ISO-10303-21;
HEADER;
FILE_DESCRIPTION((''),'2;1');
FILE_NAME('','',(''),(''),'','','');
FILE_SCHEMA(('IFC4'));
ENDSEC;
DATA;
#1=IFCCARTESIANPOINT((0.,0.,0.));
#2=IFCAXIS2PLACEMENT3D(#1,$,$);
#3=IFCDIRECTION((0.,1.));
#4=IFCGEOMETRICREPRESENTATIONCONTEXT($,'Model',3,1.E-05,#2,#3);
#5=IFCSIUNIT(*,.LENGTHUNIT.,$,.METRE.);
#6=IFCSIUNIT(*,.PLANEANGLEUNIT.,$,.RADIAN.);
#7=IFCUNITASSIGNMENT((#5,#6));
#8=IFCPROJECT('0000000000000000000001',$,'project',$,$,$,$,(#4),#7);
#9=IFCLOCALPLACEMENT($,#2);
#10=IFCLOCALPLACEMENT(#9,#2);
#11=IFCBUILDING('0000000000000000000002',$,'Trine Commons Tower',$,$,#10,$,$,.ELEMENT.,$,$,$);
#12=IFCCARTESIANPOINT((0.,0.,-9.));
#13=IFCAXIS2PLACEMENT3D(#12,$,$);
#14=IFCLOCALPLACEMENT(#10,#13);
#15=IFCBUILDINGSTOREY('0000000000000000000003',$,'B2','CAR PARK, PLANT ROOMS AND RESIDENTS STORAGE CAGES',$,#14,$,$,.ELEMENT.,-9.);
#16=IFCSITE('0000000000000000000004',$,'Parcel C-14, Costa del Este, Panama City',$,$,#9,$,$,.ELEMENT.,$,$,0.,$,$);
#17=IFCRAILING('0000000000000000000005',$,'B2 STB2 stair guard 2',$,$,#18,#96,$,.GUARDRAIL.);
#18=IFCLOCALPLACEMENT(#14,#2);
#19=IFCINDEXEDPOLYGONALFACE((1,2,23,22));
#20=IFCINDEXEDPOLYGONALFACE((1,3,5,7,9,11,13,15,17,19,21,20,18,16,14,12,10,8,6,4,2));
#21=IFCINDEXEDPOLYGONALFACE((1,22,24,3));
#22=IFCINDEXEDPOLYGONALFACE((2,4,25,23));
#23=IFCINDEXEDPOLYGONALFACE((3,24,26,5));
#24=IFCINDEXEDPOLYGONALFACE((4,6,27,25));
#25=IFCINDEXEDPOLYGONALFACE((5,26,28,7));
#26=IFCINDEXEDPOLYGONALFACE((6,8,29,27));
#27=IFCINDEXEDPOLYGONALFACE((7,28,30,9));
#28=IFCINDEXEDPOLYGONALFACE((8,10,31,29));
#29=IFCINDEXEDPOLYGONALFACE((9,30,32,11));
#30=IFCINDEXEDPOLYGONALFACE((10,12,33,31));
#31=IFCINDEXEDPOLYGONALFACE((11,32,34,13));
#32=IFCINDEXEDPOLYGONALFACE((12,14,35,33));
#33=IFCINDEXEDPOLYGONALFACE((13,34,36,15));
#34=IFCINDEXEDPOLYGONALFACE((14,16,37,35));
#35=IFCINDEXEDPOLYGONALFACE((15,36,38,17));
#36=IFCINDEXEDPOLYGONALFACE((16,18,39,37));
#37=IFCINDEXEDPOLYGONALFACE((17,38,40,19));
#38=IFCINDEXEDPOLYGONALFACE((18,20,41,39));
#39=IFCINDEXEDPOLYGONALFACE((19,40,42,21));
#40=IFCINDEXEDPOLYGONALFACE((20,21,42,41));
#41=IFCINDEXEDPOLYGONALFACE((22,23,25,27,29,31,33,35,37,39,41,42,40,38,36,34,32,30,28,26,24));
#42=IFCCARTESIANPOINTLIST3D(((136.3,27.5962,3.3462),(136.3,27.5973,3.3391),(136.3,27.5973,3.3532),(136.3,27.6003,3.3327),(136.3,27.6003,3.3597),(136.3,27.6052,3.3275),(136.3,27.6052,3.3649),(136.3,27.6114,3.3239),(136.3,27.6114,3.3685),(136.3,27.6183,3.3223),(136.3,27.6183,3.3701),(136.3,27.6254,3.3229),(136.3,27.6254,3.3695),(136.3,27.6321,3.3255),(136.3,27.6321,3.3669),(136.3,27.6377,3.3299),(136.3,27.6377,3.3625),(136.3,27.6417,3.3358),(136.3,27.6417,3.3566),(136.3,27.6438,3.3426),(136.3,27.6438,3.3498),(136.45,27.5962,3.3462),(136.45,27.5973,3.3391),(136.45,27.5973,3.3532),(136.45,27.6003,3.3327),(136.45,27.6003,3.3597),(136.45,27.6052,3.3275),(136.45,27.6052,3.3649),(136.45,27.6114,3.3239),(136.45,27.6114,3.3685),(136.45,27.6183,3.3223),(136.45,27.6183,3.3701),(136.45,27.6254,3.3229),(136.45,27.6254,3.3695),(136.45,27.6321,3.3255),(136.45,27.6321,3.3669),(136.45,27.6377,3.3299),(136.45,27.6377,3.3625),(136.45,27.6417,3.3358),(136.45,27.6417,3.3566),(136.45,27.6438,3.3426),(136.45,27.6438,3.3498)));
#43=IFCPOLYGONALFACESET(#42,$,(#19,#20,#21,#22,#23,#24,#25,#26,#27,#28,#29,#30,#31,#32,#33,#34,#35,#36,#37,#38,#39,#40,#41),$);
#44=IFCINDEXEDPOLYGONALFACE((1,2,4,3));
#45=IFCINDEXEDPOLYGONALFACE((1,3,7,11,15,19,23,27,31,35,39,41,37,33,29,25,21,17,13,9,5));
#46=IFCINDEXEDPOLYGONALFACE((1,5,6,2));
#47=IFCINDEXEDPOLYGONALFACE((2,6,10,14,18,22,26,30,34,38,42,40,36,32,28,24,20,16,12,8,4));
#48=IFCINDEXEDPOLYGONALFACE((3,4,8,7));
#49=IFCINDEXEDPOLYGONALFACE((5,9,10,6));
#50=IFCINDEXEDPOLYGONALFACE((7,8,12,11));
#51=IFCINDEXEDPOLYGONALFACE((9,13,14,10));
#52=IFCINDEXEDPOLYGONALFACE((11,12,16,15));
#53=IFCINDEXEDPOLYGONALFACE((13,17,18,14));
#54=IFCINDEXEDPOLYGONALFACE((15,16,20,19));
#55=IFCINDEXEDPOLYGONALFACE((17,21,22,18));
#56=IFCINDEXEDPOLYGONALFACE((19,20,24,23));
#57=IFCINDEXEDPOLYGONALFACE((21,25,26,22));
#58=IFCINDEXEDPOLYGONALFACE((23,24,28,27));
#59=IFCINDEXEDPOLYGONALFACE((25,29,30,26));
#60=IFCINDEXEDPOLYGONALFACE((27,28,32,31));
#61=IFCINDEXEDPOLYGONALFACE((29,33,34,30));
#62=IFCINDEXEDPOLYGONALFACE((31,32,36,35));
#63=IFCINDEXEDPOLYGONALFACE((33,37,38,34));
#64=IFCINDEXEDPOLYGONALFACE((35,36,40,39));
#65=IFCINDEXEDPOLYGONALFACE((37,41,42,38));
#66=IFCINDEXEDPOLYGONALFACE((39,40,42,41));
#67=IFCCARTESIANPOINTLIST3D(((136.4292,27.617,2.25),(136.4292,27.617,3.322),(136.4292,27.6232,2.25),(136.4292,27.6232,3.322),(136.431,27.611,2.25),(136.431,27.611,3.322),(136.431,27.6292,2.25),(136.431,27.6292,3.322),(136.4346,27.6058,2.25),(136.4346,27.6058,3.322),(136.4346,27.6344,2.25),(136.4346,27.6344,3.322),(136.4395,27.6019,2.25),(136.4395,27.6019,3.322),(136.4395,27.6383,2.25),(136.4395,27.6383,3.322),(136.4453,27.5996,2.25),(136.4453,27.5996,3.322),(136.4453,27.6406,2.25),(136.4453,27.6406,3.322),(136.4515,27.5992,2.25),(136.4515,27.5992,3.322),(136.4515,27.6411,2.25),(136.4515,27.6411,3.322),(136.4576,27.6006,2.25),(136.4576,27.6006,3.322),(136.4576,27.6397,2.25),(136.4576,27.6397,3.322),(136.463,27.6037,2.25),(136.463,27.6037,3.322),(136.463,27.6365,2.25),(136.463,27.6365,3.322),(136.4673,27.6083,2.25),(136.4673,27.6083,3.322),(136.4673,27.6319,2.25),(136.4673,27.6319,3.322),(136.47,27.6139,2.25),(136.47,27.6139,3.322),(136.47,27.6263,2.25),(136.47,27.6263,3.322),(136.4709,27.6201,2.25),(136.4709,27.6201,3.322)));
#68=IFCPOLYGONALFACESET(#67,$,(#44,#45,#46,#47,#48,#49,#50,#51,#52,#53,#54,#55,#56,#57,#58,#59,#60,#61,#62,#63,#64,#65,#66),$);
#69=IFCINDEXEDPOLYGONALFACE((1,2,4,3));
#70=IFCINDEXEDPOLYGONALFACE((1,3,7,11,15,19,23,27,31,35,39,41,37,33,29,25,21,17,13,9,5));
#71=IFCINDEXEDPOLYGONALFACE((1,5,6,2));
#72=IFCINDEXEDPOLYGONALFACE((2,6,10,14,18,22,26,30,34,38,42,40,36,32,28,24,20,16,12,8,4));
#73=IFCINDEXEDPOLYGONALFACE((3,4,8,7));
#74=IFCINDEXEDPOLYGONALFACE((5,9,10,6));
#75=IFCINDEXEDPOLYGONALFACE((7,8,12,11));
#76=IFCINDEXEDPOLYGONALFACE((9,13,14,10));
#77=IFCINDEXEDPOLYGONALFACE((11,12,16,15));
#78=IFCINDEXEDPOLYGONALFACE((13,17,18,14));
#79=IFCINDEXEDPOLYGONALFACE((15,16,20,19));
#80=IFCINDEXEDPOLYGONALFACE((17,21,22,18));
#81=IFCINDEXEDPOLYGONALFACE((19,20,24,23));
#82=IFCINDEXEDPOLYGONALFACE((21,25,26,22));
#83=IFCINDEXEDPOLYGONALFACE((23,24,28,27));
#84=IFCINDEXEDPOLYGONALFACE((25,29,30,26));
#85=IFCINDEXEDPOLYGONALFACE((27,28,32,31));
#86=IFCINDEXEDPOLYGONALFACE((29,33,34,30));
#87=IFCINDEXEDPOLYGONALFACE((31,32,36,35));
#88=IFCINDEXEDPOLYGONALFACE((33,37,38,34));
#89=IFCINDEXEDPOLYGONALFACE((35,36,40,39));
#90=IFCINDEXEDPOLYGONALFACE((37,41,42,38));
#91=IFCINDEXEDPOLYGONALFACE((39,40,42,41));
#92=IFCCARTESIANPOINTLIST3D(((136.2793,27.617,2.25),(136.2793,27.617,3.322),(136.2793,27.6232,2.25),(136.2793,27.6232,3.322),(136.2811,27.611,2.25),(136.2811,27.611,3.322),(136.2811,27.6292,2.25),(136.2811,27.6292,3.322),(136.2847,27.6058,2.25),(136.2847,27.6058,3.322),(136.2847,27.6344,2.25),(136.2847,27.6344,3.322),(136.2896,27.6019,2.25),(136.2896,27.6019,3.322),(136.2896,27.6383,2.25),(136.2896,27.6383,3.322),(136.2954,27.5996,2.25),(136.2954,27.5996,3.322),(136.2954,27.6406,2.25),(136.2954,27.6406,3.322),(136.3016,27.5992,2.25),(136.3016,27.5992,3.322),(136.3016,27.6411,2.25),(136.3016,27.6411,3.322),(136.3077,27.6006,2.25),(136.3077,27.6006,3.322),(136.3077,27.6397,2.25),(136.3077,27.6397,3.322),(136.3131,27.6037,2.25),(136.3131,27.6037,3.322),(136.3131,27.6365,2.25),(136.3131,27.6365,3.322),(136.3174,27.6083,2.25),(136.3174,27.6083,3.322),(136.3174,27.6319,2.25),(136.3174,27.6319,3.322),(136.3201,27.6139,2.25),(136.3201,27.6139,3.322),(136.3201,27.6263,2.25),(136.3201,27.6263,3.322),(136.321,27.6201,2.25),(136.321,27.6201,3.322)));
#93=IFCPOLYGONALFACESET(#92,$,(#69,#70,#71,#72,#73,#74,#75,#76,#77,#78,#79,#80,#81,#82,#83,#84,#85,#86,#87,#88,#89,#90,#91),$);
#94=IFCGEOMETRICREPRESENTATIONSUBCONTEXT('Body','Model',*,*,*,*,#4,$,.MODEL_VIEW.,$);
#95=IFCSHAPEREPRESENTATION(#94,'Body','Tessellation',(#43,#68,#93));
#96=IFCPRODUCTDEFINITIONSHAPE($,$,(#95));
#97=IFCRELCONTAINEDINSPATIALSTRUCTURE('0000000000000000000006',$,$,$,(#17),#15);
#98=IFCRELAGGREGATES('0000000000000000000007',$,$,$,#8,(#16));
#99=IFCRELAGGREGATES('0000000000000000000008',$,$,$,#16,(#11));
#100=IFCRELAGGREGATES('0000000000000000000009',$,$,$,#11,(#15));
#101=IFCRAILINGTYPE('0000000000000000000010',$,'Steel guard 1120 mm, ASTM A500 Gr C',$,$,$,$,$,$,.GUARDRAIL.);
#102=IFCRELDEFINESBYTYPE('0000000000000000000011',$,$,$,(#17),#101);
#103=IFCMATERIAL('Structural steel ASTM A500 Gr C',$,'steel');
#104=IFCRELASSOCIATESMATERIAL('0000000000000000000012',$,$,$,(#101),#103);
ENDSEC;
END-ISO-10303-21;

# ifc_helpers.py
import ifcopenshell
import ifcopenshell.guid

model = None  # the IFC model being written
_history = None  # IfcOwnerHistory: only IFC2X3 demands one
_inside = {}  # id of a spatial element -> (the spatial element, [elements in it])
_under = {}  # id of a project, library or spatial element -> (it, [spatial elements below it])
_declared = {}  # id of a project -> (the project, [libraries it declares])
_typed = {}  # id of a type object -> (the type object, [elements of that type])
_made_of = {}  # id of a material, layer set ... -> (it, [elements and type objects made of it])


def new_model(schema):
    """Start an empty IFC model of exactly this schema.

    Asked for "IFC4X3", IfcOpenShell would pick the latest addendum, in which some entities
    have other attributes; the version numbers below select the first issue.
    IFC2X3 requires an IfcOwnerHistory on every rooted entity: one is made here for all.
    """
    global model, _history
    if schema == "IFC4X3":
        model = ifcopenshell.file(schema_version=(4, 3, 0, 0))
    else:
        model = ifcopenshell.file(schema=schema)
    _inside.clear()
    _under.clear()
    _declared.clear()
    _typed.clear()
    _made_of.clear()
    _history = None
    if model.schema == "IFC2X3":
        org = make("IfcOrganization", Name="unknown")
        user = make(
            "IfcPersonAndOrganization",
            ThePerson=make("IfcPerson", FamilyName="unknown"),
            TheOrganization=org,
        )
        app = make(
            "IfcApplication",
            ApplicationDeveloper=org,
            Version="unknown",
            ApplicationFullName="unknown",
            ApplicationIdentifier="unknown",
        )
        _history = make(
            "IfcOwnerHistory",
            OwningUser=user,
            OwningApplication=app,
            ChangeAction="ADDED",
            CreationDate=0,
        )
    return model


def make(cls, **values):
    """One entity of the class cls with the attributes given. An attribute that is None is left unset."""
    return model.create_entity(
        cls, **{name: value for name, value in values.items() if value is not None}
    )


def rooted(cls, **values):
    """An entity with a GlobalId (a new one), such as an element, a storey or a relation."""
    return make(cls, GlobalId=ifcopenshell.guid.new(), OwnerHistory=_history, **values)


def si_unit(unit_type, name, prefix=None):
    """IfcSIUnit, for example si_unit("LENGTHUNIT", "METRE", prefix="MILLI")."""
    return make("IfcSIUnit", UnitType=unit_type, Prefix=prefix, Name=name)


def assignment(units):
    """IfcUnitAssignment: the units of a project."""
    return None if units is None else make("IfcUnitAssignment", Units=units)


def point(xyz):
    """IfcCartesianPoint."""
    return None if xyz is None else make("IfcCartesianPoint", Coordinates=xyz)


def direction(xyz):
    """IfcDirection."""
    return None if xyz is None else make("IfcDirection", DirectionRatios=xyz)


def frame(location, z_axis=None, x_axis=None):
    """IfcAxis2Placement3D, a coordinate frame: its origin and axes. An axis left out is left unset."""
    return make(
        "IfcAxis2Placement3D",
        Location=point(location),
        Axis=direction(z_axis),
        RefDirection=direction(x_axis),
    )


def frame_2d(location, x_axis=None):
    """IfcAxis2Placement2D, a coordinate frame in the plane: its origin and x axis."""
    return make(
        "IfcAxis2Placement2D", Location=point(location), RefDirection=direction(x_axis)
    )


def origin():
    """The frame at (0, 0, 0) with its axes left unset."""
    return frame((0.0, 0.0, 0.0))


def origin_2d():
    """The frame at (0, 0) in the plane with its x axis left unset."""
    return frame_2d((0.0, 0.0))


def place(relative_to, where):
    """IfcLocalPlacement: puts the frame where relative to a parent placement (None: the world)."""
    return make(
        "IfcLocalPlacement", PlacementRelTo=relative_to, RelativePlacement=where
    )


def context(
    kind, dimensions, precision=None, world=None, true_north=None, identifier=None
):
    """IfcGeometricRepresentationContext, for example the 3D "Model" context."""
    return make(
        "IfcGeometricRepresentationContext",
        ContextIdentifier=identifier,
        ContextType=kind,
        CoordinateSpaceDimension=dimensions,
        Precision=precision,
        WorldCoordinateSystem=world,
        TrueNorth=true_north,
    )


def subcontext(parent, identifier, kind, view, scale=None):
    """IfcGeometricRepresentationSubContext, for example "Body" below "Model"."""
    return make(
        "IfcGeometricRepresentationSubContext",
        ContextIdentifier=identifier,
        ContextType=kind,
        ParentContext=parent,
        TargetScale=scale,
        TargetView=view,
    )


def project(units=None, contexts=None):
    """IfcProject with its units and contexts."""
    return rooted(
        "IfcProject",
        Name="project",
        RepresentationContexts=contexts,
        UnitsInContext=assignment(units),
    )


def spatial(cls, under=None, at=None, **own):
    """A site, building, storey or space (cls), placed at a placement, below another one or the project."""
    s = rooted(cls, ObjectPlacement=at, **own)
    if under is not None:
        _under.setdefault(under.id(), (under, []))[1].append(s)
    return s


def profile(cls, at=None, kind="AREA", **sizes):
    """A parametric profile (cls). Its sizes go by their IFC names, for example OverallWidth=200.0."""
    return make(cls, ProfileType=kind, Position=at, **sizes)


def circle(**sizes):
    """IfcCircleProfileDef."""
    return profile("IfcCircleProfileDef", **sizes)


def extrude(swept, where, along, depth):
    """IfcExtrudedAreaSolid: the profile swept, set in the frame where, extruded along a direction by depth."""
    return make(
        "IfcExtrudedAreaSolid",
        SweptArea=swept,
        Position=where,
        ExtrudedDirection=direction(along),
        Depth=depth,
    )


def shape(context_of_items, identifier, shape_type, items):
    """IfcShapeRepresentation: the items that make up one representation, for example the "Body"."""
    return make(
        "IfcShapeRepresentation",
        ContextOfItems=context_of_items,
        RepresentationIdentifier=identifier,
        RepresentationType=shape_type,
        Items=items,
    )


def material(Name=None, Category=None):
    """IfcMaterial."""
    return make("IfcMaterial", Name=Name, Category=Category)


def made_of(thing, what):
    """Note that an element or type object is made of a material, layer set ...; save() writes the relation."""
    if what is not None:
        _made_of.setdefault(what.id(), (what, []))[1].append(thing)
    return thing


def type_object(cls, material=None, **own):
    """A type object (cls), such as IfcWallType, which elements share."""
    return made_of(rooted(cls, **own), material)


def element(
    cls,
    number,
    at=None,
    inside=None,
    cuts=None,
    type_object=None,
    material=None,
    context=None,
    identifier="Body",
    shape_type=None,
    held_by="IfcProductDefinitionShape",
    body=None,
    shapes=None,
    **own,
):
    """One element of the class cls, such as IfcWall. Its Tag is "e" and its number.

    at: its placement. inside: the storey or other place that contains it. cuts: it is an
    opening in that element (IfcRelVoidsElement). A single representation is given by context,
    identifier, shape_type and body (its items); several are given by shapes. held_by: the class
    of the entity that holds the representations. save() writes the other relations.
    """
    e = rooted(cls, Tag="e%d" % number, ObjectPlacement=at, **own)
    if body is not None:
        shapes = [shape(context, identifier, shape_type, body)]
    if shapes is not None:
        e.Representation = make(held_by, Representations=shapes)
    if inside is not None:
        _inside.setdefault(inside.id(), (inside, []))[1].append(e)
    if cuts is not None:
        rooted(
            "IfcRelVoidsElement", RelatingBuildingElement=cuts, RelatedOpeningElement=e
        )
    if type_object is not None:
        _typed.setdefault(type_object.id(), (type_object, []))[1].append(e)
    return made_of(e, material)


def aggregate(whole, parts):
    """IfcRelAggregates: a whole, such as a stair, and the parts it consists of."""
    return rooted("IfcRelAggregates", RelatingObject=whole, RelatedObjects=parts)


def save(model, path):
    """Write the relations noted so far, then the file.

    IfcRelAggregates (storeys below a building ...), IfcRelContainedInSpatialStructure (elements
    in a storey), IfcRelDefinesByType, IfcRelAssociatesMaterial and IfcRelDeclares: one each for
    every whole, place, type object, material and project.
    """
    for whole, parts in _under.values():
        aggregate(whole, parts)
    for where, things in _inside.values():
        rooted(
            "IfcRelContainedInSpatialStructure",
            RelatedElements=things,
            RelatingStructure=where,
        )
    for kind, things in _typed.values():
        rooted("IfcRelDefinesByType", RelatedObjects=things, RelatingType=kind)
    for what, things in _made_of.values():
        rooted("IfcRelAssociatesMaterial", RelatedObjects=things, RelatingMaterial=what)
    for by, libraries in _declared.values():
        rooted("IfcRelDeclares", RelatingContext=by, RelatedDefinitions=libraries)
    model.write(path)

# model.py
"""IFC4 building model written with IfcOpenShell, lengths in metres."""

from ifc_helpers import new_model, si_unit, direction, frame, origin, origin_2d, place, context, subcontext, project, spatial, circle, extrude, material, type_object, element, save


model = new_model("IFC4")

# Units and contexts
model_context = context("Model", 3, precision=1e-05, world=origin(), true_north=direction((0.0, 1.0)))
body_context = subcontext(model_context, "Body", "Model", "MODEL_VIEW")
ifc_project = project(units=[si_unit("LENGTHUNIT", "METRE"), si_unit("PLANEANGLEUNIT", "RADIAN")], contexts=[model_context])

# Site, building, storey
site_placement = place(None, origin())
site = spatial("IfcSite", under=ifc_project, at=site_placement, Name="Parcel C-14, Costa del Este, Panama City", CompositionType="ELEMENT", RefElevation=0.0)
building_placement = place(site_placement, origin())
building = spatial("IfcBuilding", under=site, at=building_placement, Name="Trine Commons Tower", CompositionType="ELEMENT")
storey_placement = place(building_placement, frame((0.0, 0.0, -9.0)))
storey = spatial("IfcBuildingStorey", under=building, at=storey_placement, Name="B2", Description="CAR PARK, PLANT ROOMS AND RESIDENTS STORAGE CAGES", CompositionType="ELEMENT", Elevation=-9.0)

# Railing
ifc_material_1 = material(Name="Structural steel ASTM A500 Gr C", Category="steel")
railing_type_1 = type_object("IfcRailingType", Name="Steel guard 1120 mm, ASTM A500 Gr C", PredefinedType="GUARDRAIL", material=ifc_material_1)
railing_1_placement = place(storey_placement, frame((136.45, 27.6201, 2.25)))
element("IfcRailing", 1, at=railing_1_placement, inside=storey, type_object=railing_type_1, Name="B2 STB2 stair guard 2", PredefinedType="GUARDRAIL", context=body_context, shape_type="SweptSolid", body=[
    extrude(circle(Radius=0.0239, at=origin_2d()), frame((0.0, 0.0, 1.0962), z_axis=(-1.0, 0.0, 0.0), x_axis=(0.0, -1.0, 0.0)), (0.0, 0.0, 1.0), 0.1499),
    extrude(circle(Radius=0.021, at=origin_2d()), origin(), (0.0, 0.0, 1.0), 1.072),
    extrude(circle(Radius=0.021, at=origin_2d()), frame((-0.1499, 0.0, 0.0)), (0.0, 0.0, 1.0), 1.072),
])

save(model, "model.ifc")
